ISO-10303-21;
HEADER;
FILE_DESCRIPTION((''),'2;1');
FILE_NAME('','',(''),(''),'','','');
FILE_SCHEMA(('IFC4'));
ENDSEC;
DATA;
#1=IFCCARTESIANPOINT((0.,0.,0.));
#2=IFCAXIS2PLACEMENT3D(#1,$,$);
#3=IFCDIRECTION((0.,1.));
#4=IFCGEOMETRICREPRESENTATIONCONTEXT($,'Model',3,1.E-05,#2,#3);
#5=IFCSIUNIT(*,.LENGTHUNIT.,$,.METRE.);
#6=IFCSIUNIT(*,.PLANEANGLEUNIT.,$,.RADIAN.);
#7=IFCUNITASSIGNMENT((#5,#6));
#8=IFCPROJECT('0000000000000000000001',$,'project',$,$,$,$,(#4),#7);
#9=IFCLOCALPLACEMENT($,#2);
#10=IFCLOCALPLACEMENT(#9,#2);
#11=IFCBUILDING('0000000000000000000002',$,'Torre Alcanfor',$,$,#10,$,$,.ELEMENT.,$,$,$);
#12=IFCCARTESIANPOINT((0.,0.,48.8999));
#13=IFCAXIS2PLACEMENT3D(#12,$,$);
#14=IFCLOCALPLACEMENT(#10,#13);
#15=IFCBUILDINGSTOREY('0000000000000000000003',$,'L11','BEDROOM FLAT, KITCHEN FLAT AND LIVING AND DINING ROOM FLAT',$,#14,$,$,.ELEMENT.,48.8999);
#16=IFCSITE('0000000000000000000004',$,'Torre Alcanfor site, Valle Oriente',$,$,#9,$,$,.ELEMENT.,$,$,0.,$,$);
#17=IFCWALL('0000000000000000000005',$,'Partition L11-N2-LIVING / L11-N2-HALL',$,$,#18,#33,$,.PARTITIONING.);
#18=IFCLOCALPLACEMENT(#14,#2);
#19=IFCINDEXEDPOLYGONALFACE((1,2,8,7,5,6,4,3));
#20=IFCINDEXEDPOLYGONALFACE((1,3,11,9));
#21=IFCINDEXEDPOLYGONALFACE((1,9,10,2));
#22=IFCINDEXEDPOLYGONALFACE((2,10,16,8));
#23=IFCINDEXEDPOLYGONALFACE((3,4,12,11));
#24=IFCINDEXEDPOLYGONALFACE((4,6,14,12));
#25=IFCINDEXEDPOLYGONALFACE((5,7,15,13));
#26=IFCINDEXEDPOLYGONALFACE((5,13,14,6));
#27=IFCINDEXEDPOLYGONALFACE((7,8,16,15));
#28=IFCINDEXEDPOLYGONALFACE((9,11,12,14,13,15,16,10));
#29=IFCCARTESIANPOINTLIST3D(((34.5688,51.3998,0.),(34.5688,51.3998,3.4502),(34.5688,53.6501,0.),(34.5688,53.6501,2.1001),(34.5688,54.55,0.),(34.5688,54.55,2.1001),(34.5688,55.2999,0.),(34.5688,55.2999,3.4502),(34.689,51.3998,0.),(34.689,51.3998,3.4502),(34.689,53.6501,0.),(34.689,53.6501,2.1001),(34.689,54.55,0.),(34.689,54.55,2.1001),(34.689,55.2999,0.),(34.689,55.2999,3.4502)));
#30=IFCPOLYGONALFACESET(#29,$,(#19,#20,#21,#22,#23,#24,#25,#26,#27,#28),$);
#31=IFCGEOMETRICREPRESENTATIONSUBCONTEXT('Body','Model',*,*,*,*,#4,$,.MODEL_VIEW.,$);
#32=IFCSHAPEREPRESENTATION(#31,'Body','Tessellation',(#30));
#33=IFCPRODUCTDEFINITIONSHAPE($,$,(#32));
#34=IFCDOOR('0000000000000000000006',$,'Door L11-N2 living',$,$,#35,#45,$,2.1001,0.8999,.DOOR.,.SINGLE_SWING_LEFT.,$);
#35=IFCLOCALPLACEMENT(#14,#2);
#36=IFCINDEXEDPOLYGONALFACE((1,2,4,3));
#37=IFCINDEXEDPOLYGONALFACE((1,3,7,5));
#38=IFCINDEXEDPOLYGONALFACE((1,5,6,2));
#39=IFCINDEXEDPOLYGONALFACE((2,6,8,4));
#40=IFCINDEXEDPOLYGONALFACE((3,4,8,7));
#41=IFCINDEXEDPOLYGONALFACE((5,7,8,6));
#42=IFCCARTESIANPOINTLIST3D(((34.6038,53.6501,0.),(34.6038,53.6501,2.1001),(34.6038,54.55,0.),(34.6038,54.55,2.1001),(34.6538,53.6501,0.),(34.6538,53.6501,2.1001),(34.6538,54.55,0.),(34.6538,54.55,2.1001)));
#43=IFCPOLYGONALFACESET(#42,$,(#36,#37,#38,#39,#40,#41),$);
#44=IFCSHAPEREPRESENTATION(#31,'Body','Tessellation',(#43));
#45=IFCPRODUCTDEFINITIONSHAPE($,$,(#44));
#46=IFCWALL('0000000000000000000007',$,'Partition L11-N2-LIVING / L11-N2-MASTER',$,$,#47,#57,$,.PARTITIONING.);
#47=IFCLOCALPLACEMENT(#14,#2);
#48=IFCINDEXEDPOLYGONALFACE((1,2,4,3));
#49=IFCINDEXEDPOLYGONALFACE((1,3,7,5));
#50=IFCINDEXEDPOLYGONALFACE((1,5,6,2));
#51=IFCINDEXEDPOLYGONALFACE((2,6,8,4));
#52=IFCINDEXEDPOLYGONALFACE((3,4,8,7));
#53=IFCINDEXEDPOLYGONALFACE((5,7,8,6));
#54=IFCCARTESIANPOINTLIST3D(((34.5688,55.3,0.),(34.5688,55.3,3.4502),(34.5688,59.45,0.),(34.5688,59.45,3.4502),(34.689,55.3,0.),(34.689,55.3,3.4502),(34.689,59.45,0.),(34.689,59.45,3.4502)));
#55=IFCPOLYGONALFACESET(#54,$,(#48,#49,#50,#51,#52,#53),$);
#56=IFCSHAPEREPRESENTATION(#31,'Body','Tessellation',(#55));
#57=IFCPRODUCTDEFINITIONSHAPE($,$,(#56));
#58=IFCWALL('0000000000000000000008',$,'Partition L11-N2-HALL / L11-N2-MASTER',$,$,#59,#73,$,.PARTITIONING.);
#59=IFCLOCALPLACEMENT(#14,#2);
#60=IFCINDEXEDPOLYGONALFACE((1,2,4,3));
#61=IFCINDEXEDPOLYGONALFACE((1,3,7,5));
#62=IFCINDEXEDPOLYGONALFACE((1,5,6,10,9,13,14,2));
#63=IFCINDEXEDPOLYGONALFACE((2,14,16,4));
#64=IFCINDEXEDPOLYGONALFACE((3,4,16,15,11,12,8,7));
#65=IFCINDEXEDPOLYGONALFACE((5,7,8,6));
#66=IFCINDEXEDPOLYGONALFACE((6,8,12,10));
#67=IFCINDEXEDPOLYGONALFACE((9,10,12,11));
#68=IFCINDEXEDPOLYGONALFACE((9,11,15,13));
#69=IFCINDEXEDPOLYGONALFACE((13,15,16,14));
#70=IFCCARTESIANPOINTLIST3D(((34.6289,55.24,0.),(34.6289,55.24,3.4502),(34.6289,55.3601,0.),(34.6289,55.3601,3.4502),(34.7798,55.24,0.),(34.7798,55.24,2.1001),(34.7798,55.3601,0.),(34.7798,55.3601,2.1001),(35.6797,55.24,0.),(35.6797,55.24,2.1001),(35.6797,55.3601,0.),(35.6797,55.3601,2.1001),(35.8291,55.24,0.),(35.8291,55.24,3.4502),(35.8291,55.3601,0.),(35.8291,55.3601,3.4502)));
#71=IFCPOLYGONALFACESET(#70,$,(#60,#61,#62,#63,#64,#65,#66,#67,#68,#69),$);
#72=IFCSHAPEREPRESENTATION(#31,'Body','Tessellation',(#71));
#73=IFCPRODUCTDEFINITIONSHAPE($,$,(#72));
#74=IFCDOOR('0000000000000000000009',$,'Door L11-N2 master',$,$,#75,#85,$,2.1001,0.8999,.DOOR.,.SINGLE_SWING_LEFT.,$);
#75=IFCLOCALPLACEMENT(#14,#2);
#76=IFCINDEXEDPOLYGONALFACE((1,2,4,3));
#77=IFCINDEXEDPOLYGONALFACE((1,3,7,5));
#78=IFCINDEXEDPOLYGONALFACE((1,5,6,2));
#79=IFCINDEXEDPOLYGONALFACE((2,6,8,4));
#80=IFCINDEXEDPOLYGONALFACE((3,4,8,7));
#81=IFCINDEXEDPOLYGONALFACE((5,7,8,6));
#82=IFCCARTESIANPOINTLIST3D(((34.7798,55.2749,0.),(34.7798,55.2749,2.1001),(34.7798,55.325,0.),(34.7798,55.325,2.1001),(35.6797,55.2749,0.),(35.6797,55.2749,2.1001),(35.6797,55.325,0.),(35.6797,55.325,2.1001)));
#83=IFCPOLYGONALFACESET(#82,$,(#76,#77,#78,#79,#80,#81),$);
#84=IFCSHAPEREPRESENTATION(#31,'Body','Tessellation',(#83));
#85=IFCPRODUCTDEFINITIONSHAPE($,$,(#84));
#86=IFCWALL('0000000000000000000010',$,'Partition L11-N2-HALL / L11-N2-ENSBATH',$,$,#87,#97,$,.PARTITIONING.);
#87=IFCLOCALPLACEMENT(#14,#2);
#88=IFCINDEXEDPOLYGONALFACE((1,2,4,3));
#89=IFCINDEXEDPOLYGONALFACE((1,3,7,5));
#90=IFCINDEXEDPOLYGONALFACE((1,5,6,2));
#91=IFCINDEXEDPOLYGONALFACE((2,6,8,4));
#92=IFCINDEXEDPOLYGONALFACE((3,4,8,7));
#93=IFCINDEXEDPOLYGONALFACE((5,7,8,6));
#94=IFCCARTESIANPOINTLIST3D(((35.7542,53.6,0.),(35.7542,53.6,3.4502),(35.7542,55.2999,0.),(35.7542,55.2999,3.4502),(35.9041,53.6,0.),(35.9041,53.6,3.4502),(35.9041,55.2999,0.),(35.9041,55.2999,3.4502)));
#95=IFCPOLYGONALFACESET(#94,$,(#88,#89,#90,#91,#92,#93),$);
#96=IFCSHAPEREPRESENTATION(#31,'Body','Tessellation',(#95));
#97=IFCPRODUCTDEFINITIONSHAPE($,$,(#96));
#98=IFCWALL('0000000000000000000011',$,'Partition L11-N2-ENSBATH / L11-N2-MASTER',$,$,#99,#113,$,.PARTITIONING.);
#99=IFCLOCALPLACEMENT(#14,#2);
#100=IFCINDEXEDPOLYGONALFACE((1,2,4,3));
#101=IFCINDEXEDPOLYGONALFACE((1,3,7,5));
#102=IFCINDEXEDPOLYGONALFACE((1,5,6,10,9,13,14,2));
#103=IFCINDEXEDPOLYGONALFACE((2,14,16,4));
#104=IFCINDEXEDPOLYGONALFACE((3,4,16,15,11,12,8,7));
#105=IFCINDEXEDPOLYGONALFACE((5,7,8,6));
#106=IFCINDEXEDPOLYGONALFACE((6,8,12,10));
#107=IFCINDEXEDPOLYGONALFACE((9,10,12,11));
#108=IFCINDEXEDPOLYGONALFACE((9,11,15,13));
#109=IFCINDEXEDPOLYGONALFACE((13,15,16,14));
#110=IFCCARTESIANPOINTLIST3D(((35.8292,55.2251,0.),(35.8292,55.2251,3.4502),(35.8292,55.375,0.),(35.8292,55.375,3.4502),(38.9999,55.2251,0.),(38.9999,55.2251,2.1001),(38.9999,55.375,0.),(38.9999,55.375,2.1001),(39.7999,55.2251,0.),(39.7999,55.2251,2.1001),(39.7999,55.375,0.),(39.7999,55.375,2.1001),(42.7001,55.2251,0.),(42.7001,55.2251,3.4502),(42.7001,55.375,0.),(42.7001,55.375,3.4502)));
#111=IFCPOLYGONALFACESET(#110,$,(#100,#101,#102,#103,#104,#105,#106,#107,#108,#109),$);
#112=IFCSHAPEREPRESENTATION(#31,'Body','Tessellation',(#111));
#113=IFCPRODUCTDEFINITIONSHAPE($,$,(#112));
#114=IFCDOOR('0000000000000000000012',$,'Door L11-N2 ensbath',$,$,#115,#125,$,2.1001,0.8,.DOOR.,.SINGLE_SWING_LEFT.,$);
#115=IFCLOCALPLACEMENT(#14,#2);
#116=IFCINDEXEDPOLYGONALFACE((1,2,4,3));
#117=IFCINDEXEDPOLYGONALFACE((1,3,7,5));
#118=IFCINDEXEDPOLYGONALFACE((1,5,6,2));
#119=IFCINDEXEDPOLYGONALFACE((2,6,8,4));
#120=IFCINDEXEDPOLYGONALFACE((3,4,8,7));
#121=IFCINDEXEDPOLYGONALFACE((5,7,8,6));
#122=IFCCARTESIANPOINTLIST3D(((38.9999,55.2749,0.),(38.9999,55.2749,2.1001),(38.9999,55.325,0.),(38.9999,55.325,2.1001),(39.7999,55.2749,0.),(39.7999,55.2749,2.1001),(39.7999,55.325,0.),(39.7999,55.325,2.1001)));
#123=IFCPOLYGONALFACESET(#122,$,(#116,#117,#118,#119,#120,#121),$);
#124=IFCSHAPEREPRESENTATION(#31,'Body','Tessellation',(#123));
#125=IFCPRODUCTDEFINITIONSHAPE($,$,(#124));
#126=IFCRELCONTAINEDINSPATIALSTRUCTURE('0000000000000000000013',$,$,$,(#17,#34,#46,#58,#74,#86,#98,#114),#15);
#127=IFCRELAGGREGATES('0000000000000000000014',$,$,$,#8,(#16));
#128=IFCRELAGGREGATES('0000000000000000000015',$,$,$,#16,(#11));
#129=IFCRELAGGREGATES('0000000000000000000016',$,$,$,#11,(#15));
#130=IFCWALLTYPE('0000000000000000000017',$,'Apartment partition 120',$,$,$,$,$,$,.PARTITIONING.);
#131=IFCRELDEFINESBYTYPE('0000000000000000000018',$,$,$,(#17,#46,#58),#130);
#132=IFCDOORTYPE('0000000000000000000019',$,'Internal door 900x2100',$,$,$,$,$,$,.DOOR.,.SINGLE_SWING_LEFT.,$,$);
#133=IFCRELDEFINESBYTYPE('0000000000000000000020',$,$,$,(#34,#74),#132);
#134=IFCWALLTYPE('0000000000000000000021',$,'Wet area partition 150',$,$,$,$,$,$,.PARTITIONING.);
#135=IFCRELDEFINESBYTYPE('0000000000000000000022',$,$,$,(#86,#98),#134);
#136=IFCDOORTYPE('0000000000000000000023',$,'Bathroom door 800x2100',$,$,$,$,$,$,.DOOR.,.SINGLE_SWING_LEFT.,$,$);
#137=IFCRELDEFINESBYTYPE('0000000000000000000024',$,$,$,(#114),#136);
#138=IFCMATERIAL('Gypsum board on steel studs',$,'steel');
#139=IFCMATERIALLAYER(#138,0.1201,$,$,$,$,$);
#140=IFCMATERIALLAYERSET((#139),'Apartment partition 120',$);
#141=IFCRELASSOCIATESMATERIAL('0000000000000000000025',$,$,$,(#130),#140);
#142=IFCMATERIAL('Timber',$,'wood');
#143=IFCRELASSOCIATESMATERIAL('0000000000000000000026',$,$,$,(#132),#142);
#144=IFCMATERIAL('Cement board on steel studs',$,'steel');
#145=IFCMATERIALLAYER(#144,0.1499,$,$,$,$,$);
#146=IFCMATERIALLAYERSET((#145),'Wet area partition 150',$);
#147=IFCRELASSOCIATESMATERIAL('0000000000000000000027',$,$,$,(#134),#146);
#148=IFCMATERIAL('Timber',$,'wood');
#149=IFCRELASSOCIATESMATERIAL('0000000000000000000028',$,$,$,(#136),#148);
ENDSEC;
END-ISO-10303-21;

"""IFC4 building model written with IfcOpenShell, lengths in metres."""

from ifc_helpers import new_model, si_unit, direction, frame, frame_2d, origin, place, context, subcontext, project, spatial, rectangle, extrude, material, layer, layer_set, type_object, element, fill, save


model = new_model("IFC4")

# Units and contexts
model_context = context("Model", 3, precision=1e-05, world=origin(), true_north=direction((0.0, 1.0)))
body_context = subcontext(model_context, "Body", "Model", "MODEL_VIEW")
ifc_project = project(units=[si_unit("LENGTHUNIT", "METRE"), si_unit("PLANEANGLEUNIT", "RADIAN")], contexts=[model_context])

# Site, building, storey
site_placement = place(None, origin())
site = spatial("IfcSite", under=ifc_project, at=site_placement, Name="Torre Alcanfor site, Valle Oriente", CompositionType="ELEMENT", RefElevation=0.0)
building_placement = place(site_placement, origin())
building = spatial("IfcBuilding", under=site, at=building_placement, Name="Torre Alcanfor", CompositionType="ELEMENT")
storey_placement = place(building_placement, frame((0.0, 0.0, 48.8999)))
storey = spatial("IfcBuildingStorey", under=building, at=storey_placement, Name="L11", Description="BEDROOM FLAT, KITCHEN FLAT AND LIVING AND DINING ROOM FLAT", CompositionType="ELEMENT", Elevation=48.8999)

# Wall, opening, door
ifc_material_1 = material(Name="Gypsum board on steel studs", Category="steel")
ifc_layer_1 = layer(ifc_material_1, 0.1201)
ifc_layer_set_1 = layer_set([ifc_layer_1], Name="Apartment partition 120")
wall_type_1 = type_object("IfcWallType", Name="Apartment partition 120", PredefinedType="PARTITIONING", material=ifc_layer_set_1)
wall_1_placement = place(storey_placement, frame((34.6289, 55.3, 0.0), z_axis=(0.0, 0.0, 1.0), x_axis=(0.0, -1.0, 0.0)))
wall_1 = element("IfcWall", 1, at=wall_1_placement, inside=storey, type_object=wall_type_1, Name="Partition L11-N2-LIVING / L11-N2-HALL", PredefinedType="PARTITIONING", context=body_context, shape_type="SweptSolid", body=[
    extrude(rectangle(XDim=3.9001, YDim=0.1201, at=frame_2d((1.9502, 0.0))), origin(), (0.0, 0.0, 1.0), 3.4502),
])
opening_1_placement = place(wall_1_placement, frame((0.75, 0.0, 0.0)))
opening_1 = element("IfcOpeningElement", 2, at=opening_1_placement, cuts=wall_1, PredefinedType="OPENING", context=body_context, shape_type="SweptSolid", body=[
    extrude(rectangle(XDim=0.8999, YDim=2.1001, at=frame_2d((0.45, 1.05))), frame((0.0, 0.0701, 0.0), z_axis=(0.0, -1.0, 0.0), x_axis=(1.0, 0.0, 0.0)), (0.0, 0.0, 1.0), 0.1401),
])
ifc_material_2 = material(Name="Timber", Category="wood")
door_type_1 = type_object("IfcDoorType", Name="Internal door 900x2100", OperationType="SINGLE_SWING_LEFT", PredefinedType="DOOR", material=ifc_material_2)
door_1_placement = place(opening_1_placement, frame((0.8999, 0.0, 0.0), z_axis=(0.0, 0.0, 1.0), x_axis=(-1.0, 0.0, 0.0)))
door_1 = element("IfcDoor", 3, at=door_1_placement, inside=storey, type_object=door_type_1, Name="Door L11-N2 living", OperationType="SINGLE_SWING_LEFT", OverallHeight=2.1001, OverallWidth=0.8999, PredefinedType="DOOR", context=body_context, shape_type="SweptSolid", body=[
    extrude(rectangle(XDim=0.8999, YDim=2.1001, at=frame_2d((0.45, 1.05))), frame((0.0, 0.0251, 0.0), z_axis=(0.0, -1.0, 0.0), x_axis=(1.0, 0.0, 0.0)), (0.0, 0.0, 1.0), 0.05),
])
fill(opening_1, door_1)

# Wall
wall_2_placement = place(storey_placement, frame((34.6289, 59.45, 0.0), z_axis=(0.0, 0.0, 1.0), x_axis=(0.0, -1.0, 0.0)))
element("IfcWall", 4, at=wall_2_placement, inside=storey, type_object=wall_type_1, Name="Partition L11-N2-LIVING / L11-N2-MASTER", PredefinedType="PARTITIONING", context=body_context, shape_type="SweptSolid", body=[
    extrude(rectangle(XDim=4.1499, YDim=0.1201, at=frame_2d((2.075, 0.0))), origin(), (0.0, 0.0, 1.0), 3.4502),
])

# Wall, opening, door
wall_3_placement = place(storey_placement, frame((34.6289, 55.3, 0.0), z_axis=(0.0, 0.0, 1.0), x_axis=(1.0, 0.0, 0.0)))
wall_3 = element("IfcWall", 5, at=wall_3_placement, inside=storey, type_object=wall_type_1, Name="Partition L11-N2-HALL / L11-N2-MASTER", PredefinedType="PARTITIONING", context=body_context, shape_type="SweptSolid", body=[
    extrude(rectangle(XDim=1.2002, YDim=0.1201, at=frame_2d((0.6001, 0.0))), origin(), (0.0, 0.0, 1.0), 3.4502),
])
opening_2_placement = place(wall_3_placement, frame((0.1509, 0.0, 0.0)))
opening_2 = element("IfcOpeningElement", 6, at=opening_2_placement, cuts=wall_3, PredefinedType="OPENING", context=body_context, shape_type="SweptSolid", body=[
    extrude(rectangle(XDim=0.8999, YDim=2.1001, at=frame_2d((0.45, 1.05))), frame((0.0, 0.0701, 0.0), z_axis=(0.0, -1.0, 0.0), x_axis=(1.0, 0.0, 0.0)), (0.0, 0.0, 1.0), 0.1401),
])
door_2_placement = place(opening_2_placement, origin())
door_2 = element("IfcDoor", 7, at=door_2_placement, inside=storey, type_object=door_type_1, Name="Door L11-N2 master", OperationType="SINGLE_SWING_LEFT", OverallHeight=2.1001, OverallWidth=0.8999, PredefinedType="DOOR", context=body_context, shape_type="SweptSolid", body=[
    extrude(rectangle(XDim=0.8999, YDim=2.1001, at=frame_2d((0.45, 1.05))), frame((0.0, 0.0249, 0.0), z_axis=(0.0, -1.0, 0.0), x_axis=(1.0, 0.0, 0.0)), (0.0, 0.0, 1.0), 0.05),
])
fill(opening_2, door_2)

# Wall
ifc_material_3 = material(Name="Cement board on steel studs", Category="steel")
ifc_layer_2 = layer(ifc_material_3, 0.1499)
ifc_layer_set_2 = layer_set([ifc_layer_2], Name="Wet area partition 150")
wall_type_2 = type_object("IfcWallType", Name="Wet area partition 150", PredefinedType="PARTITIONING", material=ifc_layer_set_2)
wall_4_placement = place(storey_placement, frame((35.8291, 55.3, 0.0), z_axis=(0.0, 0.0, 1.0), x_axis=(0.0, -1.0, 0.0)))
element("IfcWall", 8, at=wall_4_placement, inside=storey, type_object=wall_type_2, Name="Partition L11-N2-HALL / L11-N2-ENSBATH", PredefinedType="PARTITIONING", context=body_context, shape_type="SweptSolid", body=[
    extrude(rectangle(XDim=1.7, YDim=0.1499, at=frame_2d((0.8501, 0.0))), origin(), (0.0, 0.0, 1.0), 3.4502),
])

# Wall, opening, door
wall_5_placement = place(storey_placement, frame((35.8291, 55.3, 0.0), z_axis=(0.0, 0.0, 1.0), x_axis=(1.0, 0.0, 0.0)))
wall_5 = element("IfcWall", 9, at=wall_5_placement, inside=storey, type_object=wall_type_2, Name="Partition L11-N2-ENSBATH / L11-N2-MASTER", PredefinedType="PARTITIONING", context=body_context, shape_type="SweptSolid", body=[
    extrude(rectangle(XDim=6.8708, YDim=0.1499, at=frame_2d((3.4355, 0.0))), origin(), (0.0, 0.0, 1.0), 3.4502),
])
opening_3_placement = place(wall_5_placement, frame((3.1709, 0.0, 0.0)))
opening_3 = element("IfcOpeningElement", 10, at=opening_3_placement, cuts=wall_5, PredefinedType="OPENING", context=body_context, shape_type="SweptSolid", body=[
    extrude(rectangle(XDim=0.8, YDim=2.1001, at=frame_2d((0.3999, 1.05))), frame((0.0, 0.085, 0.0), z_axis=(0.0, -1.0, 0.0), x_axis=(1.0, 0.0, 0.0)), (0.0, 0.0, 1.0), 0.1699),
])
ifc_material_4 = material(Name="Timber", Category="wood")
door_type_2 = type_object("IfcDoorType", Name="Bathroom door 800x2100", OperationType="SINGLE_SWING_LEFT", PredefinedType="DOOR", material=ifc_material_4)
door_3_placement = place(opening_3_placement, frame((0.8, 0.0, 0.0), z_axis=(0.0, 0.0, 1.0), x_axis=(-1.0, 0.0, 0.0)))
door_3 = element("IfcDoor", 11, at=door_3_placement, inside=storey, type_object=door_type_2, Name="Door L11-N2 ensbath", OperationType="SINGLE_SWING_LEFT", OverallHeight=2.1001, OverallWidth=0.8, PredefinedType="DOOR", context=body_context, shape_type="SweptSolid", body=[
    extrude(rectangle(XDim=0.8, YDim=2.1001, at=frame_2d((0.4001, 1.05))), frame((0.0, 0.0251, 0.0), z_axis=(0.0, -1.0, 0.0), x_axis=(1.0, 0.0, 0.0)), (0.0, 0.0, 1.0), 0.05),
])
fill(opening_3, door_3)

save(model, "model.ifc")
